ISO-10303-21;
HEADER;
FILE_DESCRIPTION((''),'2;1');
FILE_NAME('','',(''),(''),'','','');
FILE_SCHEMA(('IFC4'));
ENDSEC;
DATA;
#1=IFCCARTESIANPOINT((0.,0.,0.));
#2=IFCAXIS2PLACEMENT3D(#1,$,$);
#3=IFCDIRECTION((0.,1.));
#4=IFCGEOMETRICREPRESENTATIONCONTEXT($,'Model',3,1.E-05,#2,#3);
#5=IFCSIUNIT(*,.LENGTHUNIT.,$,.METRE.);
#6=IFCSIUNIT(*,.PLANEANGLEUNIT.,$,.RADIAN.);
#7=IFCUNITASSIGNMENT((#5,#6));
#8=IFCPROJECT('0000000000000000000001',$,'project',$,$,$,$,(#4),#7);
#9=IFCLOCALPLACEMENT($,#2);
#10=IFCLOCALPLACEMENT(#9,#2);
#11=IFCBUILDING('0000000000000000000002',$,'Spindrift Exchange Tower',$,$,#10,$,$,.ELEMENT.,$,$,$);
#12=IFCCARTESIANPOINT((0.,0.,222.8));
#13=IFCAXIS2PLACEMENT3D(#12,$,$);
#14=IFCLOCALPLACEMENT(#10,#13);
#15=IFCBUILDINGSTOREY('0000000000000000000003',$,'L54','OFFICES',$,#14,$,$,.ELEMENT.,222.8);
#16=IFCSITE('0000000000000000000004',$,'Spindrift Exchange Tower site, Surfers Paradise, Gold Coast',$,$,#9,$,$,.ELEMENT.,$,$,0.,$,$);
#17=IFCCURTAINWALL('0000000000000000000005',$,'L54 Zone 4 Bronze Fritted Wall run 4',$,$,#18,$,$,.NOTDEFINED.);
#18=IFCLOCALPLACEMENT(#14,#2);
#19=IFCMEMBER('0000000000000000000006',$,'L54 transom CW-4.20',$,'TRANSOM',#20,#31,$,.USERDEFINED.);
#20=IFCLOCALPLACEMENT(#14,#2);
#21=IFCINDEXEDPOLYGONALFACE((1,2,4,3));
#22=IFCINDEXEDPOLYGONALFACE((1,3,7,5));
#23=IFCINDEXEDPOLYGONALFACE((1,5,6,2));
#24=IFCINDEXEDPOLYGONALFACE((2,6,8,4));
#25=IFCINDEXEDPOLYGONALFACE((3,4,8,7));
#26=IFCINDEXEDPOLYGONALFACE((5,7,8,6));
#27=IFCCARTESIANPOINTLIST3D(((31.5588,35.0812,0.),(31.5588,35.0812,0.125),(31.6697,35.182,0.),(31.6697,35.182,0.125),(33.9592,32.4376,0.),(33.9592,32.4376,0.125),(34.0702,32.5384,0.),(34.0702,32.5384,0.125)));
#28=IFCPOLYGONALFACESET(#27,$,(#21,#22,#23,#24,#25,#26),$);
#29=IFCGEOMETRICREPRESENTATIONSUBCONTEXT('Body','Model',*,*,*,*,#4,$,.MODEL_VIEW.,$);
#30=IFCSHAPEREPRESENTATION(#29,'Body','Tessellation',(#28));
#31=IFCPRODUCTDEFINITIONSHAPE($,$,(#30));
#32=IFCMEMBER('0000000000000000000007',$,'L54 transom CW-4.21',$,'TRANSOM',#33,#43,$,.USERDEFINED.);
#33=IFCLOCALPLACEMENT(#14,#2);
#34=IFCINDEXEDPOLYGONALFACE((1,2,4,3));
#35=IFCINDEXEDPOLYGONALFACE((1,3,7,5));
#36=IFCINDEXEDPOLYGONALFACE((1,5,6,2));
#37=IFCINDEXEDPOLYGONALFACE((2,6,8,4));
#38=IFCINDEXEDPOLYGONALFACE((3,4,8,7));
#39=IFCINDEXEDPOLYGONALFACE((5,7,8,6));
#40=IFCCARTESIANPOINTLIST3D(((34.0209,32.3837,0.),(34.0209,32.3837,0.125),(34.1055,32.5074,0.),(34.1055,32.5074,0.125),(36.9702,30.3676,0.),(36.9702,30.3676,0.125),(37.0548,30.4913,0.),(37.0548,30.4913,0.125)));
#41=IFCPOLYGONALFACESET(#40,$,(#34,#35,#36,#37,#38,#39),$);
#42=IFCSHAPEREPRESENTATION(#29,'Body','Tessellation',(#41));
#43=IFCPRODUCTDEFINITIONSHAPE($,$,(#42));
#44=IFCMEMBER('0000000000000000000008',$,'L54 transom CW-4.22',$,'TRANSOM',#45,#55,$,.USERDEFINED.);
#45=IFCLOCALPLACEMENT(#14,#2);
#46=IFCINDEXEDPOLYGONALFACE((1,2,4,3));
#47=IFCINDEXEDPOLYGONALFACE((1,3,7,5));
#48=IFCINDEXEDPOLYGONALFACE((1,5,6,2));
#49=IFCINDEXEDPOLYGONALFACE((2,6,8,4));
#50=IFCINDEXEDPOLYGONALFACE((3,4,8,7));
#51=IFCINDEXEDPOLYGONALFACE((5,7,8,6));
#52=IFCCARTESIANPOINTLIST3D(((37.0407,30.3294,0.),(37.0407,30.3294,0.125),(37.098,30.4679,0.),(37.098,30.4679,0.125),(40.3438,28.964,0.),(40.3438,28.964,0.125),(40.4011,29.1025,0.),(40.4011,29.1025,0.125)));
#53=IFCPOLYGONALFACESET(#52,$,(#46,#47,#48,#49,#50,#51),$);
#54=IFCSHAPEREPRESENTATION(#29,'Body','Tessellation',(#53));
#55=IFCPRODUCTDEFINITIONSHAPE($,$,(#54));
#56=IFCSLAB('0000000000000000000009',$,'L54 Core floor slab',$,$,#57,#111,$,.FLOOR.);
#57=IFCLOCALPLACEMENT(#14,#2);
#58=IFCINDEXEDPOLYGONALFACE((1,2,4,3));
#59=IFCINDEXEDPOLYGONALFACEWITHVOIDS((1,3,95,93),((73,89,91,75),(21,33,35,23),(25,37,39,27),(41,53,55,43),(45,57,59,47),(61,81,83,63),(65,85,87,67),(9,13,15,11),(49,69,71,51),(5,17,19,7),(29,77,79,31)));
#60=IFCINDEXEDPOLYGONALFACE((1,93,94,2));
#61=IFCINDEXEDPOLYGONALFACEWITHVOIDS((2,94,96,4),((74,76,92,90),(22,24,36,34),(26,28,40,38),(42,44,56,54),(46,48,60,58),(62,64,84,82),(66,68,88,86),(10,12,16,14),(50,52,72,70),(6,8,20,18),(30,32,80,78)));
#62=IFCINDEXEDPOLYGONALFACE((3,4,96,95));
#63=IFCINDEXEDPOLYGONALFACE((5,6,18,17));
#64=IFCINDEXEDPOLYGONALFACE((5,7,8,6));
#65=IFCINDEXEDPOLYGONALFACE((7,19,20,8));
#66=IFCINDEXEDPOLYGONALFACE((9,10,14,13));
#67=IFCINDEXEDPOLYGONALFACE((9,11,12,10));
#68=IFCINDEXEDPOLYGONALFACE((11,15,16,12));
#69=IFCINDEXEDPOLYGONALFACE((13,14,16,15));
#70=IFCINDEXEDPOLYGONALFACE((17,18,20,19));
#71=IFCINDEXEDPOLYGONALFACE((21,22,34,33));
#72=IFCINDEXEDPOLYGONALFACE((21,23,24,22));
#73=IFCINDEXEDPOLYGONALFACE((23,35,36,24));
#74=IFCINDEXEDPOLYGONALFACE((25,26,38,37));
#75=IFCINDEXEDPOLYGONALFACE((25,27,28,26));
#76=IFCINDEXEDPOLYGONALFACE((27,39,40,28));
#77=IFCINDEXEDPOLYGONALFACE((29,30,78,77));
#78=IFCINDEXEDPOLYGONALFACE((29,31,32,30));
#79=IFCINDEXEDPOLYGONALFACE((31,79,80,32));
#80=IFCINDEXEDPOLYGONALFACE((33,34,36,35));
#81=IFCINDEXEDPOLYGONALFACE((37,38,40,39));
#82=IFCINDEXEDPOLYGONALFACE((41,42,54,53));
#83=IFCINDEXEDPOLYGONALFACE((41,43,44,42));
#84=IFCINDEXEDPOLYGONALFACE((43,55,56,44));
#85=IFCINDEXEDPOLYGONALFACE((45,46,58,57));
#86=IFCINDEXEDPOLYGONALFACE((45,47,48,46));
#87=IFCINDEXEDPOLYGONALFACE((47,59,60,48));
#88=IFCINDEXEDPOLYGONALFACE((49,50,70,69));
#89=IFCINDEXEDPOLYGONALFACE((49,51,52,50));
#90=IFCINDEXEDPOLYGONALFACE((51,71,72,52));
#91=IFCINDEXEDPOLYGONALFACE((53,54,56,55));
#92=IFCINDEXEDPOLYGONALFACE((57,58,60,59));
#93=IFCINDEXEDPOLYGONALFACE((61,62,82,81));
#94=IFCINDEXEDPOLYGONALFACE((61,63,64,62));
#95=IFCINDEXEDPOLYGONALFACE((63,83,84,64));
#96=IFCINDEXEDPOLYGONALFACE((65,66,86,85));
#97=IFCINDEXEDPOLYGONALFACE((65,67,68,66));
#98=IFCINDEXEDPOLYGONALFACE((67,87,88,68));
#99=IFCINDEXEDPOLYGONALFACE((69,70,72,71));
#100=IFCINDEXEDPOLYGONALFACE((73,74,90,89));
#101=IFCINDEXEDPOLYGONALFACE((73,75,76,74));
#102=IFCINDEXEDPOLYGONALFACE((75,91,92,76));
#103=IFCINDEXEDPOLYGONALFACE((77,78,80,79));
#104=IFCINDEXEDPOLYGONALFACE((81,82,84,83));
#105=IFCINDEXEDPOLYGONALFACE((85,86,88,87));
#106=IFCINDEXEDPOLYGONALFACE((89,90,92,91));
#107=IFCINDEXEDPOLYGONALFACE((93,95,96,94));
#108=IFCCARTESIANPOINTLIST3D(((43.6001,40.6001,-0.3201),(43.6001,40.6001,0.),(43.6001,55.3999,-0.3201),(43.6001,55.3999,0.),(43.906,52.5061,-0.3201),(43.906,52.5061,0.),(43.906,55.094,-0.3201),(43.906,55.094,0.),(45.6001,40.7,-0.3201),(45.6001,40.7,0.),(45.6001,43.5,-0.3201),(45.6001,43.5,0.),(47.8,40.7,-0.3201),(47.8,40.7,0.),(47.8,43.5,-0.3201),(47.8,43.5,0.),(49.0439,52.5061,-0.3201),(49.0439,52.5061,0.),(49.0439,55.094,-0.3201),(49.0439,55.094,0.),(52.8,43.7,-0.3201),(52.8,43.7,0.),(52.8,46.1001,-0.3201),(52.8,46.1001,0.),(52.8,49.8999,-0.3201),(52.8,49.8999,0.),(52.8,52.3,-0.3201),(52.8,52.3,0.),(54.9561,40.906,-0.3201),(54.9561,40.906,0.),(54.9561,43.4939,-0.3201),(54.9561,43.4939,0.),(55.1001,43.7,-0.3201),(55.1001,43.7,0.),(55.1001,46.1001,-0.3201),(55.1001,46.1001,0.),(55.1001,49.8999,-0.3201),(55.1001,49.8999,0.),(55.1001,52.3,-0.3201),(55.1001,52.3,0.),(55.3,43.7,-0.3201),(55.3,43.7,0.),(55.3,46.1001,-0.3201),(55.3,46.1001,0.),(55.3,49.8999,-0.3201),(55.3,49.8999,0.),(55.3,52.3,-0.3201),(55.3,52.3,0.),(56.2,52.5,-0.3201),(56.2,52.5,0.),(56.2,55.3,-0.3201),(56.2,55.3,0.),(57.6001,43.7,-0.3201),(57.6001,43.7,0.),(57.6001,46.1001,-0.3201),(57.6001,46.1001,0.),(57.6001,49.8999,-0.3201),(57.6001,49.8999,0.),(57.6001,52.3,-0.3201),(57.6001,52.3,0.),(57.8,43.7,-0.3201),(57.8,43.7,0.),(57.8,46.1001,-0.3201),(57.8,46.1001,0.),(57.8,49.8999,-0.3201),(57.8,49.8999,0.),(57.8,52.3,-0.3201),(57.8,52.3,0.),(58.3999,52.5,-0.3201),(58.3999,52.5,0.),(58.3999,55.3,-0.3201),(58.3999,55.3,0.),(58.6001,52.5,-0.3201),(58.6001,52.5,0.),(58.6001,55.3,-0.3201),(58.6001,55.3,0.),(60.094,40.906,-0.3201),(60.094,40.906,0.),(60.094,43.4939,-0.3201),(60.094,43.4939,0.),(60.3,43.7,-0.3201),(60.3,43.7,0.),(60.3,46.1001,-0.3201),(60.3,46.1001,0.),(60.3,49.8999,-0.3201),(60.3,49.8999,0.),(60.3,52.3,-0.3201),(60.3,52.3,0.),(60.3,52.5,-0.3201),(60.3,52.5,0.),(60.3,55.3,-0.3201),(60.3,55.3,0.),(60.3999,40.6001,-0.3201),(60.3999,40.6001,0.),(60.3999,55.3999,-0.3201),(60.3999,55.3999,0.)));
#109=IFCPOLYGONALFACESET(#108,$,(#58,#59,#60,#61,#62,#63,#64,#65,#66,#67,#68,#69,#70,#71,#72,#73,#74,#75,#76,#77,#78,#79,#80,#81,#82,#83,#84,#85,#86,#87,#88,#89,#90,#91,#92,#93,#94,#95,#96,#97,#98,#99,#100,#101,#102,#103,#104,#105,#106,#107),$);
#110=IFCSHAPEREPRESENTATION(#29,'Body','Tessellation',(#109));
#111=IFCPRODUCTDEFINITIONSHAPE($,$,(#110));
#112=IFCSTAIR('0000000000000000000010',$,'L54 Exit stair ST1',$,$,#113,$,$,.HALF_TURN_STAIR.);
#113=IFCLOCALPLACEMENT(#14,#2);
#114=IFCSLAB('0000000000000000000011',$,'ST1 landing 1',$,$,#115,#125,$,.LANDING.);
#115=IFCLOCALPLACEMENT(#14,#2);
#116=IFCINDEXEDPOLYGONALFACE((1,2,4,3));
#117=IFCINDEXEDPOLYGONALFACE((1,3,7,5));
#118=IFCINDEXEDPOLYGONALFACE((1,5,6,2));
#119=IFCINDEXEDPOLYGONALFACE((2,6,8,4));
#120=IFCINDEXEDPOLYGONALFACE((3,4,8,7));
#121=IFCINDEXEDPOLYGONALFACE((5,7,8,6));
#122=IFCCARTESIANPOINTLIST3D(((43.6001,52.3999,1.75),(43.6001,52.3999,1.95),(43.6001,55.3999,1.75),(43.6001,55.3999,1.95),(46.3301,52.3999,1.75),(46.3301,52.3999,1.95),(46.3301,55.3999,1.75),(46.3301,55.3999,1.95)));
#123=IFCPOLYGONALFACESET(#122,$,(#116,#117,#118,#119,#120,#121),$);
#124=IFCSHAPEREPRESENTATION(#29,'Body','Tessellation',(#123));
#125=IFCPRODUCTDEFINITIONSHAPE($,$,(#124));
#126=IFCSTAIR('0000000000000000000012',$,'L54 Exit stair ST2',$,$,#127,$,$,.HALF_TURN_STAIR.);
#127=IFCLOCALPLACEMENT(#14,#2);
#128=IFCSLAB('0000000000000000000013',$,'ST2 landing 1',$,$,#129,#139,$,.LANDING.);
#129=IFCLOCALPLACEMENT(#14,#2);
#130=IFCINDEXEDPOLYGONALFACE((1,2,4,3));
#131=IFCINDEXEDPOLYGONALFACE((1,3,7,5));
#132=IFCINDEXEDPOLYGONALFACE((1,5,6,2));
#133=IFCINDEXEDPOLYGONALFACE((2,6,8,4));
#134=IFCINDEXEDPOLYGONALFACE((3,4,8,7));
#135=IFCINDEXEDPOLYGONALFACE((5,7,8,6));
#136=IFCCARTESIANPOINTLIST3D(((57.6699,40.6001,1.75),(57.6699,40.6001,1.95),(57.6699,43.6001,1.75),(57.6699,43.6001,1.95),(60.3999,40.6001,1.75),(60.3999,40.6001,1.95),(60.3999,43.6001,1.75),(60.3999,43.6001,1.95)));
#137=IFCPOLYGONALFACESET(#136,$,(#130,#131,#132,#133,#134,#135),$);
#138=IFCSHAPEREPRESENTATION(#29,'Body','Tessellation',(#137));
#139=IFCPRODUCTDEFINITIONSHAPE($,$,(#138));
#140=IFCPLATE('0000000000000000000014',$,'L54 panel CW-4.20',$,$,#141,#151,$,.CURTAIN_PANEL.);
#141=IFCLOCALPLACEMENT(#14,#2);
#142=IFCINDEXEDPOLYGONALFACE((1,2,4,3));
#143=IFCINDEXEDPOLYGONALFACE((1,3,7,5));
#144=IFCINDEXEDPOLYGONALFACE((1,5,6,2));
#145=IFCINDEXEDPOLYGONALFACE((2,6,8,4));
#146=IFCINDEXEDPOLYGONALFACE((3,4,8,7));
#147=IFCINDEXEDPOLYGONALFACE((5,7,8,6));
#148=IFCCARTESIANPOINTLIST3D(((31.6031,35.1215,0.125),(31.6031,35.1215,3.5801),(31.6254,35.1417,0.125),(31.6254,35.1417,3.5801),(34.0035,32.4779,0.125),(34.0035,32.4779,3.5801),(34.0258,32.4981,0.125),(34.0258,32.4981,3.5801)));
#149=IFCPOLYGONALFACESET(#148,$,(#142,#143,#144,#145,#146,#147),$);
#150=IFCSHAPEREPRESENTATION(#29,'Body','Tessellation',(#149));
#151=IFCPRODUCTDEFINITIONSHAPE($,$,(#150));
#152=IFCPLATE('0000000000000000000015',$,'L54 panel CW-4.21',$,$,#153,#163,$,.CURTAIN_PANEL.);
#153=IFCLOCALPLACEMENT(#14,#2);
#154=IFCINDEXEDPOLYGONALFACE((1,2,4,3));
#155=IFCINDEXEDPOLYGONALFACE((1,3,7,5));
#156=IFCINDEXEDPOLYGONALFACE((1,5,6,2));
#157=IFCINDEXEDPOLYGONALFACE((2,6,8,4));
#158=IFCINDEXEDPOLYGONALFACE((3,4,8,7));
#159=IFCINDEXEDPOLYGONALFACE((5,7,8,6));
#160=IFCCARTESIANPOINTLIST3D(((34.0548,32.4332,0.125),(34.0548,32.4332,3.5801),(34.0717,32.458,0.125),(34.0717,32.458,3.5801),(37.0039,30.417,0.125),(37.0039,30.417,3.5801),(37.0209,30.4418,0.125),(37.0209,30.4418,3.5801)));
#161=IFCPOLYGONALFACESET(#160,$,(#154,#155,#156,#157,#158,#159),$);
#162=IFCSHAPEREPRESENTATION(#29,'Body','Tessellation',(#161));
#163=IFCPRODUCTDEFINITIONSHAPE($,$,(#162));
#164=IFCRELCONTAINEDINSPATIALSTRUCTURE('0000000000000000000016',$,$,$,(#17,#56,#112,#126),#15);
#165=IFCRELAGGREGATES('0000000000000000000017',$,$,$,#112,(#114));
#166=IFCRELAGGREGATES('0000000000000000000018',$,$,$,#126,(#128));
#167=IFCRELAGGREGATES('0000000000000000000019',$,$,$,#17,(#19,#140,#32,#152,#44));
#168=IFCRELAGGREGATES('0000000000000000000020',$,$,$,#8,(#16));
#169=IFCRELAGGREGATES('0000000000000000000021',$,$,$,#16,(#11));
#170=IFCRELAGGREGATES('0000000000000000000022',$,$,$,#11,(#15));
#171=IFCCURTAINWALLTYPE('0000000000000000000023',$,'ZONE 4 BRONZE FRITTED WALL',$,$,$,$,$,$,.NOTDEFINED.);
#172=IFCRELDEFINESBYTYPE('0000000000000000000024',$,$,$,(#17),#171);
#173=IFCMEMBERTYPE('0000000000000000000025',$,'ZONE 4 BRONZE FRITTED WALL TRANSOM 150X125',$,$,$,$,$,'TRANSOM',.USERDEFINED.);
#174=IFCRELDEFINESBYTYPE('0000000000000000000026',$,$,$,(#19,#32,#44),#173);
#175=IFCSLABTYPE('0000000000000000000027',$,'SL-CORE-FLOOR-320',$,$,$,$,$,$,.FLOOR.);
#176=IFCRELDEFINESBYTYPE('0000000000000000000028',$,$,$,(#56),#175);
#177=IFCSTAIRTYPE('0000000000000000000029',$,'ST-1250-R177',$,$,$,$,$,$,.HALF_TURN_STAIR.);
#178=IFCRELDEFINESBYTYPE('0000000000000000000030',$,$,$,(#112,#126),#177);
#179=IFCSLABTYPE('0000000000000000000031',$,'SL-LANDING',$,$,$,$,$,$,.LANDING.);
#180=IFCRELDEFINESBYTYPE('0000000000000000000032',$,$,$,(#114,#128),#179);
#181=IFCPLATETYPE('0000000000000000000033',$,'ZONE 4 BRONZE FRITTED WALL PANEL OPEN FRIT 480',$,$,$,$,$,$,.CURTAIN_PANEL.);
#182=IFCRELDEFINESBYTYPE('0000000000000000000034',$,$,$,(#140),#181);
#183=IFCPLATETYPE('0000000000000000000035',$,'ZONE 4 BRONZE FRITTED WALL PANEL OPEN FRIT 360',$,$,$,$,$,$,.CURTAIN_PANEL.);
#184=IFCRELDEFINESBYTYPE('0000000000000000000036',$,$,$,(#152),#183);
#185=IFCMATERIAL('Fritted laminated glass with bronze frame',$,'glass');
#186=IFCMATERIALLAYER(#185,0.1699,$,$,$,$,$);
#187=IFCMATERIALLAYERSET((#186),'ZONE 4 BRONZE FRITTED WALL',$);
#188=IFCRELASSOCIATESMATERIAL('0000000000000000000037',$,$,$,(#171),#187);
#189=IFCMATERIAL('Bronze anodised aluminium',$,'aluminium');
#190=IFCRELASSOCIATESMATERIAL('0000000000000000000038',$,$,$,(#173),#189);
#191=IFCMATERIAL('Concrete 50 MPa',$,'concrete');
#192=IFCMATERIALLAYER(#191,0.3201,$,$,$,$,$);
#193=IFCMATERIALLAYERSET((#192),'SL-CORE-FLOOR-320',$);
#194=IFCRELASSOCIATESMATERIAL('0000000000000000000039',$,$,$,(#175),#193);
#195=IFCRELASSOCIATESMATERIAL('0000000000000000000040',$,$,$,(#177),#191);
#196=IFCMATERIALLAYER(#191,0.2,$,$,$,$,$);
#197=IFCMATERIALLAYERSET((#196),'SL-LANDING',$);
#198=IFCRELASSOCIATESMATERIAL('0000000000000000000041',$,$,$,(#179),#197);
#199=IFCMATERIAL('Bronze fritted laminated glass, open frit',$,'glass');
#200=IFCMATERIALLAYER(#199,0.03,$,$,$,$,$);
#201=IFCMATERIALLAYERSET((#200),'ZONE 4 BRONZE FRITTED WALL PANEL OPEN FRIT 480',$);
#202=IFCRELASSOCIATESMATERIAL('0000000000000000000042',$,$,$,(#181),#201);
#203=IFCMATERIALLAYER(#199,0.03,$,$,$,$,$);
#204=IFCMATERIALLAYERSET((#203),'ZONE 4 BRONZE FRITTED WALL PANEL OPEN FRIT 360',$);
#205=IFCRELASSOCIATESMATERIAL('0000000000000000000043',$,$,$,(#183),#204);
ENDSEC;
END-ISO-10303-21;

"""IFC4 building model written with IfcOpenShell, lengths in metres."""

from ifc_helpers import new_model, si_unit, direction, frame, origin, origin_2d, place, context, subcontext, project, spatial, line, indexed_curve, rectangle, outline, extrude, source, transform, mapped, material, layer, layer_set, material_profile, profile_set, type_object, element, aggregate, save


model = new_model("IFC4")

# Units and contexts
model_context = context("Model", 3, precision=1e-05, world=origin(), true_north=direction((0.0, 1.0)))
body_context = subcontext(model_context, "Body", "Model", "MODEL_VIEW")
ifc_project = project(units=[si_unit("LENGTHUNIT", "METRE"), si_unit("PLANEANGLEUNIT", "RADIAN")], contexts=[model_context])

# Site, building, storey
site_placement = place(None, origin())
site = spatial("IfcSite", under=ifc_project, at=site_placement, Name="Spindrift Exchange Tower site, Surfers Paradise, Gold Coast", CompositionType="ELEMENT", RefElevation=0.0)
building_placement = place(site_placement, origin())
building = spatial("IfcBuilding", under=site, at=building_placement, Name="Spindrift Exchange Tower", CompositionType="ELEMENT")
storey_placement = place(building_placement, frame((0.0, 0.0, 222.8)))
storey = spatial("IfcBuildingStorey", under=building, at=storey_placement, Name="L54", Description="OFFICES", CompositionType="ELEMENT", Elevation=222.8)

# Shared definitions
ifc_material_1 = material(Name="Concrete 50 MPa", Category="concrete")

# Curtain wall, members
ifc_material_2 = material(Name="Fritted laminated glass with bronze frame", Category="glass")
ifc_layer_1 = layer(ifc_material_2, 0.1699)
ifc_layer_set_1 = layer_set([ifc_layer_1], Name="ZONE 4 BRONZE FRITTED WALL")
curtain_wall_type = type_object("IfcCurtainWallType", Name="ZONE 4 BRONZE FRITTED WALL", PredefinedType="NOTDEFINED", material=ifc_layer_set_1)
curtain_wall_placement = place(storey_placement, origin())
curtain_wall = element("IfcCurtainWall", 1, at=curtain_wall_placement, inside=storey, type_object=curtain_wall_type, Name="L54 Zone 4 Bronze Fritted Wall run 4", PredefinedType="NOTDEFINED")
ifc_material_3 = material(Name="Bronze anodised aluminium", Category="aluminium")
ifc_material_profile_1 = material_profile(ifc_material_3, rectangle(XDim=0.1499, YDim=0.125, at=origin_2d()), Name="ZONE 4 BRONZE FRITTED WALL TRANSOM 150X125")
ifc_profile_set_1 = profile_set([ifc_material_profile_1], Name="Bronze anodised aluminium")
member_type_1 = type_object("IfcMemberType", Name="ZONE 4 BRONZE FRITTED WALL TRANSOM 150X125", ElementType="TRANSOM", PredefinedType="USERDEFINED", material=ifc_profile_set_1)
shared_shape_1 = source(origin(), body_context, "Body", "SweptSolid", [
    extrude(rectangle(XDim=0.1499, YDim=0.125, at=origin_2d()), origin(), (0.0, 0.0, 1.0), 3.5708),
])
member_1_placement = place(storey_placement, frame((31.6143, 35.1316, 0.0625), z_axis=(0.672237, -0.740336, 0.0), x_axis=(0.740336, 0.672237, 0.0)))
member_1 = element("IfcMember", 2, at=member_1_placement, type_object=member_type_1, Name="L54 transom CW-4.20", ObjectType="TRANSOM", PredefinedType="USERDEFINED", context=body_context, shape_type="MappedRepresentation", body=[
    mapped(shared_shape_1, transform((0.0, 0.0, 0.0), scale=1.0)),
])
shared_shape_2 = source(origin(), body_context, "Body", "SweptSolid", [
    extrude(rectangle(XDim=0.1499, YDim=0.125, at=origin_2d()), origin(), (0.0, 0.0, 1.0), 3.5725),
])
member_2_placement = place(storey_placement, frame((34.0632, 32.4456, 0.0625), z_axis=(0.825539, -0.564346, 0.0), x_axis=(0.564346, 0.825539, 0.0)))
member_2 = element("IfcMember", 3, at=member_2_placement, type_object=member_type_1, Name="L54 transom CW-4.21", ObjectType="TRANSOM", PredefinedType="USERDEFINED", context=body_context, shape_type="MappedRepresentation", body=[
    mapped(shared_shape_2, transform((0.0, 0.0, 0.0), scale=1.0)),
])
shared_shape_3 = source(origin(), body_context, "Body", "SweptSolid", [
    extrude(rectangle(XDim=0.1499, YDim=0.125, at=origin_2d()), origin(), (0.0, 0.0, 1.0), 3.5742),
])
member_3_placement = place(storey_placement, frame((37.0693, 30.3987, 0.0625), z_axis=(0.924152, -0.382024, 0.0), x_axis=(0.382024, 0.924152, 0.0)))
member_3 = element("IfcMember", 4, at=member_3_placement, type_object=member_type_1, Name="L54 transom CW-4.22", ObjectType="TRANSOM", PredefinedType="USERDEFINED", context=body_context, shape_type="MappedRepresentation", body=[
    mapped(shared_shape_3, transform((0.0, 0.0, 0.0), scale=1.0)),
])

# Slab
ifc_layer_2 = layer(ifc_material_1, 0.3201)
ifc_layer_set_2 = layer_set([ifc_layer_2], Name="SL-CORE-FLOOR-320")
slab_type_1 = type_object("IfcSlabType", Name="SL-CORE-FLOOR-320", PredefinedType="FLOOR", material=ifc_layer_set_2)
slab_1_placement = place(storey_placement, frame((0.0, 0.0, -0.3201)))
element("IfcSlab", 5, at=slab_1_placement, inside=storey, type_object=slab_type_1, Name="L54 Core floor slab", PredefinedType="FLOOR", context=body_context, shape_type="SweptSolid", body=[
    extrude(outline(indexed_curve([(43.6001, 40.6001), (43.6001, 55.3999), (60.3999, 55.3999), (60.3999, 40.6001)], segments=[line(1, 2, 3, 4, 1)], self_intersect=False), holes=[indexed_curve([(45.6001, 43.5), (45.6001, 40.7), (47.8, 40.7), (47.8, 43.5)], segments=[line(1, 2, 3, 4, 1)], self_intersect=False), indexed_curve([(52.8, 46.1001), (52.8, 43.7), (55.1001, 43.7), (55.1001, 46.1001)], segments=[line(1, 2, 3, 4, 1)], self_intersect=False), indexed_curve([(55.3, 46.1001), (55.3, 43.7), (57.6001, 43.7), (57.6001, 46.1001)], segments=[line(1, 2, 3, 4, 1)], self_intersect=False), indexed_curve([(55.1001, 52.3), (52.8, 52.3), (52.8, 49.8999), (55.1001, 49.8999)], segments=[line(1, 2, 3, 4, 1)], self_intersect=False), indexed_curve([(57.6001, 52.3), (55.3, 52.3), (55.3, 49.8999), (57.6001, 49.8999)], segments=[line(1, 2, 3, 4, 1)], self_intersect=False), indexed_curve([(43.906, 52.5061), (49.0439, 52.5061), (49.0439, 55.094), (43.906, 55.094)], segments=[line(1, 2, 3, 4, 1)], self_intersect=False), indexed_curve([(60.094, 40.906), (60.094, 43.4939), (54.9561, 43.4939), (54.9561, 40.906)], segments=[line(1, 2, 3, 4, 1)], self_intersect=False), indexed_curve([(60.3, 46.1001), (57.8, 46.1001), (57.8, 43.7), (60.3, 43.7)], segments=[line(1, 2, 3, 4, 1)], self_intersect=False), indexed_curve([(57.8, 52.3), (57.8, 49.8999), (60.3, 49.8999), (60.3, 52.3)], segments=[line(1, 2, 3, 4, 1)], self_intersect=False), indexed_curve([(58.3999, 55.3), (56.2, 55.3), (56.2, 52.5), (58.3999, 52.5)], segments=[line(1, 2, 3, 4, 1)], self_intersect=False), indexed_curve([(60.3, 55.3), (58.6001, 55.3), (58.6001, 52.5), (60.3, 52.5)], segments=[line(1, 2, 3, 4, 1)], self_intersect=False)]), origin(), (0.0, 0.0, 1.0), 0.3201),
])

# Stairs, slabs
stair_type = type_object("IfcStairType", Name="ST-1250-R177", PredefinedType="HALF_TURN_STAIR", material=ifc_material_1)
stair_1_placement = place(storey_placement, origin())
stair_1 = element("IfcStair", 6, at=stair_1_placement, inside=storey, type_object=stair_type, Name="L54 Exit stair ST1", PredefinedType="HALF_TURN_STAIR")
ifc_layer_3 = layer(ifc_material_1, 0.2)
ifc_layer_set_3 = layer_set([ifc_layer_3], Name="SL-LANDING")
slab_type_2 = type_object("IfcSlabType", Name="SL-LANDING", PredefinedType="LANDING", material=ifc_layer_set_3)
slab_2_placement = place(storey_placement, frame((0.0, 0.0, 1.75)))
slab_2 = element("IfcSlab", 7, at=slab_2_placement, type_object=slab_type_2, Name="ST1 landing 1", PredefinedType="LANDING", context=body_context, shape_type="SweptSolid", body=[
    extrude(outline(indexed_curve([(46.3301, 52.3999), (43.6001, 52.3999), (43.6001, 55.3999), (46.3301, 55.3999)], segments=[line(1, 2, 3, 4, 1)], self_intersect=False)), origin(), (0.0, 0.0, 1.0), 0.2),
])
aggregate(stair_1, [slab_2])
stair_2_placement = place(storey_placement, origin())
stair_2 = element("IfcStair", 8, at=stair_2_placement, inside=storey, type_object=stair_type, Name="L54 Exit stair ST2", PredefinedType="HALF_TURN_STAIR")
slab_3_placement = place(storey_placement, frame((0.0, 0.0, 1.75)))
slab_3 = element("IfcSlab", 9, at=slab_3_placement, type_object=slab_type_2, Name="ST2 landing 1", PredefinedType="LANDING", context=body_context, shape_type="SweptSolid", body=[
    extrude(outline(indexed_curve([(57.6699, 43.6001), (60.3999, 43.6001), (60.3999, 40.6001), (57.6699, 40.6001)], segments=[line(1, 2, 3, 4, 1)], self_intersect=False)), origin(), (0.0, 0.0, 1.0), 0.2),
])
aggregate(stair_2, [slab_3])

# Plates
ifc_material_4 = material(Name="Bronze fritted laminated glass, open frit", Category="glass")
ifc_layer_4 = layer(ifc_material_4, 0.03)
ifc_layer_set_4 = layer_set([ifc_layer_4], Name="ZONE 4 BRONZE FRITTED WALL PANEL OPEN FRIT 480")
plate_type_1 = type_object("IfcPlateType", Name="ZONE 4 BRONZE FRITTED WALL PANEL OPEN FRIT 480", PredefinedType="CURTAIN_PANEL", material=ifc_layer_set_4)
shared_shape_4 = source(origin(), body_context, "Body", "SweptSolid", [
    extrude(rectangle(XDim=3.5708, YDim=0.03, at=origin_2d()), origin(), (0.0, 0.0, 1.0), 3.4551),
])
plate_1_placement = place(storey_placement, frame((32.8145, 33.8098, 0.125), z_axis=(0.0, 0.0, 1.0), x_axis=(0.672236, -0.740337, 0.0)))
plate_1 = element("IfcPlate", 10, at=plate_1_placement, type_object=plate_type_1, Name="L54 panel CW-4.20", PredefinedType="CURTAIN_PANEL", context=body_context, shape_type="MappedRepresentation", body=[
    mapped(shared_shape_4, transform((0.0, 0.0, 0.0), scale=1.0)),
])
ifc_layer_5 = layer(ifc_material_4, 0.03)
ifc_layer_set_5 = layer_set([ifc_layer_5], Name="ZONE 4 BRONZE FRITTED WALL PANEL OPEN FRIT 360")
plate_type_2 = type_object("IfcPlateType", Name="ZONE 4 BRONZE FRITTED WALL PANEL OPEN FRIT 360", PredefinedType="CURTAIN_PANEL", material=ifc_layer_set_5)
shared_shape_5 = source(origin(), body_context, "Body", "SweptSolid", [
    extrude(rectangle(XDim=3.5725, YDim=0.03, at=origin_2d()), origin(), (0.0, 0.0, 1.0), 3.4551),
])
plate_2_placement = place(storey_placement, frame((35.5378, 31.4375, 0.125), z_axis=(0.0, 0.0, 1.0), x_axis=(0.82551, -0.564388, 0.0)))
plate_2 = element("IfcPlate", 11, at=plate_2_placement, type_object=plate_type_2, Name="L54 panel CW-4.21", PredefinedType="CURTAIN_PANEL", context=body_context, shape_type="MappedRepresentation", body=[
    mapped(shared_shape_5, transform((0.0, 0.0, 0.0), scale=1.0)),
])
aggregate(curtain_wall, [member_1, plate_1, member_2, plate_2, member_3])

save(model, "model.ifc")
